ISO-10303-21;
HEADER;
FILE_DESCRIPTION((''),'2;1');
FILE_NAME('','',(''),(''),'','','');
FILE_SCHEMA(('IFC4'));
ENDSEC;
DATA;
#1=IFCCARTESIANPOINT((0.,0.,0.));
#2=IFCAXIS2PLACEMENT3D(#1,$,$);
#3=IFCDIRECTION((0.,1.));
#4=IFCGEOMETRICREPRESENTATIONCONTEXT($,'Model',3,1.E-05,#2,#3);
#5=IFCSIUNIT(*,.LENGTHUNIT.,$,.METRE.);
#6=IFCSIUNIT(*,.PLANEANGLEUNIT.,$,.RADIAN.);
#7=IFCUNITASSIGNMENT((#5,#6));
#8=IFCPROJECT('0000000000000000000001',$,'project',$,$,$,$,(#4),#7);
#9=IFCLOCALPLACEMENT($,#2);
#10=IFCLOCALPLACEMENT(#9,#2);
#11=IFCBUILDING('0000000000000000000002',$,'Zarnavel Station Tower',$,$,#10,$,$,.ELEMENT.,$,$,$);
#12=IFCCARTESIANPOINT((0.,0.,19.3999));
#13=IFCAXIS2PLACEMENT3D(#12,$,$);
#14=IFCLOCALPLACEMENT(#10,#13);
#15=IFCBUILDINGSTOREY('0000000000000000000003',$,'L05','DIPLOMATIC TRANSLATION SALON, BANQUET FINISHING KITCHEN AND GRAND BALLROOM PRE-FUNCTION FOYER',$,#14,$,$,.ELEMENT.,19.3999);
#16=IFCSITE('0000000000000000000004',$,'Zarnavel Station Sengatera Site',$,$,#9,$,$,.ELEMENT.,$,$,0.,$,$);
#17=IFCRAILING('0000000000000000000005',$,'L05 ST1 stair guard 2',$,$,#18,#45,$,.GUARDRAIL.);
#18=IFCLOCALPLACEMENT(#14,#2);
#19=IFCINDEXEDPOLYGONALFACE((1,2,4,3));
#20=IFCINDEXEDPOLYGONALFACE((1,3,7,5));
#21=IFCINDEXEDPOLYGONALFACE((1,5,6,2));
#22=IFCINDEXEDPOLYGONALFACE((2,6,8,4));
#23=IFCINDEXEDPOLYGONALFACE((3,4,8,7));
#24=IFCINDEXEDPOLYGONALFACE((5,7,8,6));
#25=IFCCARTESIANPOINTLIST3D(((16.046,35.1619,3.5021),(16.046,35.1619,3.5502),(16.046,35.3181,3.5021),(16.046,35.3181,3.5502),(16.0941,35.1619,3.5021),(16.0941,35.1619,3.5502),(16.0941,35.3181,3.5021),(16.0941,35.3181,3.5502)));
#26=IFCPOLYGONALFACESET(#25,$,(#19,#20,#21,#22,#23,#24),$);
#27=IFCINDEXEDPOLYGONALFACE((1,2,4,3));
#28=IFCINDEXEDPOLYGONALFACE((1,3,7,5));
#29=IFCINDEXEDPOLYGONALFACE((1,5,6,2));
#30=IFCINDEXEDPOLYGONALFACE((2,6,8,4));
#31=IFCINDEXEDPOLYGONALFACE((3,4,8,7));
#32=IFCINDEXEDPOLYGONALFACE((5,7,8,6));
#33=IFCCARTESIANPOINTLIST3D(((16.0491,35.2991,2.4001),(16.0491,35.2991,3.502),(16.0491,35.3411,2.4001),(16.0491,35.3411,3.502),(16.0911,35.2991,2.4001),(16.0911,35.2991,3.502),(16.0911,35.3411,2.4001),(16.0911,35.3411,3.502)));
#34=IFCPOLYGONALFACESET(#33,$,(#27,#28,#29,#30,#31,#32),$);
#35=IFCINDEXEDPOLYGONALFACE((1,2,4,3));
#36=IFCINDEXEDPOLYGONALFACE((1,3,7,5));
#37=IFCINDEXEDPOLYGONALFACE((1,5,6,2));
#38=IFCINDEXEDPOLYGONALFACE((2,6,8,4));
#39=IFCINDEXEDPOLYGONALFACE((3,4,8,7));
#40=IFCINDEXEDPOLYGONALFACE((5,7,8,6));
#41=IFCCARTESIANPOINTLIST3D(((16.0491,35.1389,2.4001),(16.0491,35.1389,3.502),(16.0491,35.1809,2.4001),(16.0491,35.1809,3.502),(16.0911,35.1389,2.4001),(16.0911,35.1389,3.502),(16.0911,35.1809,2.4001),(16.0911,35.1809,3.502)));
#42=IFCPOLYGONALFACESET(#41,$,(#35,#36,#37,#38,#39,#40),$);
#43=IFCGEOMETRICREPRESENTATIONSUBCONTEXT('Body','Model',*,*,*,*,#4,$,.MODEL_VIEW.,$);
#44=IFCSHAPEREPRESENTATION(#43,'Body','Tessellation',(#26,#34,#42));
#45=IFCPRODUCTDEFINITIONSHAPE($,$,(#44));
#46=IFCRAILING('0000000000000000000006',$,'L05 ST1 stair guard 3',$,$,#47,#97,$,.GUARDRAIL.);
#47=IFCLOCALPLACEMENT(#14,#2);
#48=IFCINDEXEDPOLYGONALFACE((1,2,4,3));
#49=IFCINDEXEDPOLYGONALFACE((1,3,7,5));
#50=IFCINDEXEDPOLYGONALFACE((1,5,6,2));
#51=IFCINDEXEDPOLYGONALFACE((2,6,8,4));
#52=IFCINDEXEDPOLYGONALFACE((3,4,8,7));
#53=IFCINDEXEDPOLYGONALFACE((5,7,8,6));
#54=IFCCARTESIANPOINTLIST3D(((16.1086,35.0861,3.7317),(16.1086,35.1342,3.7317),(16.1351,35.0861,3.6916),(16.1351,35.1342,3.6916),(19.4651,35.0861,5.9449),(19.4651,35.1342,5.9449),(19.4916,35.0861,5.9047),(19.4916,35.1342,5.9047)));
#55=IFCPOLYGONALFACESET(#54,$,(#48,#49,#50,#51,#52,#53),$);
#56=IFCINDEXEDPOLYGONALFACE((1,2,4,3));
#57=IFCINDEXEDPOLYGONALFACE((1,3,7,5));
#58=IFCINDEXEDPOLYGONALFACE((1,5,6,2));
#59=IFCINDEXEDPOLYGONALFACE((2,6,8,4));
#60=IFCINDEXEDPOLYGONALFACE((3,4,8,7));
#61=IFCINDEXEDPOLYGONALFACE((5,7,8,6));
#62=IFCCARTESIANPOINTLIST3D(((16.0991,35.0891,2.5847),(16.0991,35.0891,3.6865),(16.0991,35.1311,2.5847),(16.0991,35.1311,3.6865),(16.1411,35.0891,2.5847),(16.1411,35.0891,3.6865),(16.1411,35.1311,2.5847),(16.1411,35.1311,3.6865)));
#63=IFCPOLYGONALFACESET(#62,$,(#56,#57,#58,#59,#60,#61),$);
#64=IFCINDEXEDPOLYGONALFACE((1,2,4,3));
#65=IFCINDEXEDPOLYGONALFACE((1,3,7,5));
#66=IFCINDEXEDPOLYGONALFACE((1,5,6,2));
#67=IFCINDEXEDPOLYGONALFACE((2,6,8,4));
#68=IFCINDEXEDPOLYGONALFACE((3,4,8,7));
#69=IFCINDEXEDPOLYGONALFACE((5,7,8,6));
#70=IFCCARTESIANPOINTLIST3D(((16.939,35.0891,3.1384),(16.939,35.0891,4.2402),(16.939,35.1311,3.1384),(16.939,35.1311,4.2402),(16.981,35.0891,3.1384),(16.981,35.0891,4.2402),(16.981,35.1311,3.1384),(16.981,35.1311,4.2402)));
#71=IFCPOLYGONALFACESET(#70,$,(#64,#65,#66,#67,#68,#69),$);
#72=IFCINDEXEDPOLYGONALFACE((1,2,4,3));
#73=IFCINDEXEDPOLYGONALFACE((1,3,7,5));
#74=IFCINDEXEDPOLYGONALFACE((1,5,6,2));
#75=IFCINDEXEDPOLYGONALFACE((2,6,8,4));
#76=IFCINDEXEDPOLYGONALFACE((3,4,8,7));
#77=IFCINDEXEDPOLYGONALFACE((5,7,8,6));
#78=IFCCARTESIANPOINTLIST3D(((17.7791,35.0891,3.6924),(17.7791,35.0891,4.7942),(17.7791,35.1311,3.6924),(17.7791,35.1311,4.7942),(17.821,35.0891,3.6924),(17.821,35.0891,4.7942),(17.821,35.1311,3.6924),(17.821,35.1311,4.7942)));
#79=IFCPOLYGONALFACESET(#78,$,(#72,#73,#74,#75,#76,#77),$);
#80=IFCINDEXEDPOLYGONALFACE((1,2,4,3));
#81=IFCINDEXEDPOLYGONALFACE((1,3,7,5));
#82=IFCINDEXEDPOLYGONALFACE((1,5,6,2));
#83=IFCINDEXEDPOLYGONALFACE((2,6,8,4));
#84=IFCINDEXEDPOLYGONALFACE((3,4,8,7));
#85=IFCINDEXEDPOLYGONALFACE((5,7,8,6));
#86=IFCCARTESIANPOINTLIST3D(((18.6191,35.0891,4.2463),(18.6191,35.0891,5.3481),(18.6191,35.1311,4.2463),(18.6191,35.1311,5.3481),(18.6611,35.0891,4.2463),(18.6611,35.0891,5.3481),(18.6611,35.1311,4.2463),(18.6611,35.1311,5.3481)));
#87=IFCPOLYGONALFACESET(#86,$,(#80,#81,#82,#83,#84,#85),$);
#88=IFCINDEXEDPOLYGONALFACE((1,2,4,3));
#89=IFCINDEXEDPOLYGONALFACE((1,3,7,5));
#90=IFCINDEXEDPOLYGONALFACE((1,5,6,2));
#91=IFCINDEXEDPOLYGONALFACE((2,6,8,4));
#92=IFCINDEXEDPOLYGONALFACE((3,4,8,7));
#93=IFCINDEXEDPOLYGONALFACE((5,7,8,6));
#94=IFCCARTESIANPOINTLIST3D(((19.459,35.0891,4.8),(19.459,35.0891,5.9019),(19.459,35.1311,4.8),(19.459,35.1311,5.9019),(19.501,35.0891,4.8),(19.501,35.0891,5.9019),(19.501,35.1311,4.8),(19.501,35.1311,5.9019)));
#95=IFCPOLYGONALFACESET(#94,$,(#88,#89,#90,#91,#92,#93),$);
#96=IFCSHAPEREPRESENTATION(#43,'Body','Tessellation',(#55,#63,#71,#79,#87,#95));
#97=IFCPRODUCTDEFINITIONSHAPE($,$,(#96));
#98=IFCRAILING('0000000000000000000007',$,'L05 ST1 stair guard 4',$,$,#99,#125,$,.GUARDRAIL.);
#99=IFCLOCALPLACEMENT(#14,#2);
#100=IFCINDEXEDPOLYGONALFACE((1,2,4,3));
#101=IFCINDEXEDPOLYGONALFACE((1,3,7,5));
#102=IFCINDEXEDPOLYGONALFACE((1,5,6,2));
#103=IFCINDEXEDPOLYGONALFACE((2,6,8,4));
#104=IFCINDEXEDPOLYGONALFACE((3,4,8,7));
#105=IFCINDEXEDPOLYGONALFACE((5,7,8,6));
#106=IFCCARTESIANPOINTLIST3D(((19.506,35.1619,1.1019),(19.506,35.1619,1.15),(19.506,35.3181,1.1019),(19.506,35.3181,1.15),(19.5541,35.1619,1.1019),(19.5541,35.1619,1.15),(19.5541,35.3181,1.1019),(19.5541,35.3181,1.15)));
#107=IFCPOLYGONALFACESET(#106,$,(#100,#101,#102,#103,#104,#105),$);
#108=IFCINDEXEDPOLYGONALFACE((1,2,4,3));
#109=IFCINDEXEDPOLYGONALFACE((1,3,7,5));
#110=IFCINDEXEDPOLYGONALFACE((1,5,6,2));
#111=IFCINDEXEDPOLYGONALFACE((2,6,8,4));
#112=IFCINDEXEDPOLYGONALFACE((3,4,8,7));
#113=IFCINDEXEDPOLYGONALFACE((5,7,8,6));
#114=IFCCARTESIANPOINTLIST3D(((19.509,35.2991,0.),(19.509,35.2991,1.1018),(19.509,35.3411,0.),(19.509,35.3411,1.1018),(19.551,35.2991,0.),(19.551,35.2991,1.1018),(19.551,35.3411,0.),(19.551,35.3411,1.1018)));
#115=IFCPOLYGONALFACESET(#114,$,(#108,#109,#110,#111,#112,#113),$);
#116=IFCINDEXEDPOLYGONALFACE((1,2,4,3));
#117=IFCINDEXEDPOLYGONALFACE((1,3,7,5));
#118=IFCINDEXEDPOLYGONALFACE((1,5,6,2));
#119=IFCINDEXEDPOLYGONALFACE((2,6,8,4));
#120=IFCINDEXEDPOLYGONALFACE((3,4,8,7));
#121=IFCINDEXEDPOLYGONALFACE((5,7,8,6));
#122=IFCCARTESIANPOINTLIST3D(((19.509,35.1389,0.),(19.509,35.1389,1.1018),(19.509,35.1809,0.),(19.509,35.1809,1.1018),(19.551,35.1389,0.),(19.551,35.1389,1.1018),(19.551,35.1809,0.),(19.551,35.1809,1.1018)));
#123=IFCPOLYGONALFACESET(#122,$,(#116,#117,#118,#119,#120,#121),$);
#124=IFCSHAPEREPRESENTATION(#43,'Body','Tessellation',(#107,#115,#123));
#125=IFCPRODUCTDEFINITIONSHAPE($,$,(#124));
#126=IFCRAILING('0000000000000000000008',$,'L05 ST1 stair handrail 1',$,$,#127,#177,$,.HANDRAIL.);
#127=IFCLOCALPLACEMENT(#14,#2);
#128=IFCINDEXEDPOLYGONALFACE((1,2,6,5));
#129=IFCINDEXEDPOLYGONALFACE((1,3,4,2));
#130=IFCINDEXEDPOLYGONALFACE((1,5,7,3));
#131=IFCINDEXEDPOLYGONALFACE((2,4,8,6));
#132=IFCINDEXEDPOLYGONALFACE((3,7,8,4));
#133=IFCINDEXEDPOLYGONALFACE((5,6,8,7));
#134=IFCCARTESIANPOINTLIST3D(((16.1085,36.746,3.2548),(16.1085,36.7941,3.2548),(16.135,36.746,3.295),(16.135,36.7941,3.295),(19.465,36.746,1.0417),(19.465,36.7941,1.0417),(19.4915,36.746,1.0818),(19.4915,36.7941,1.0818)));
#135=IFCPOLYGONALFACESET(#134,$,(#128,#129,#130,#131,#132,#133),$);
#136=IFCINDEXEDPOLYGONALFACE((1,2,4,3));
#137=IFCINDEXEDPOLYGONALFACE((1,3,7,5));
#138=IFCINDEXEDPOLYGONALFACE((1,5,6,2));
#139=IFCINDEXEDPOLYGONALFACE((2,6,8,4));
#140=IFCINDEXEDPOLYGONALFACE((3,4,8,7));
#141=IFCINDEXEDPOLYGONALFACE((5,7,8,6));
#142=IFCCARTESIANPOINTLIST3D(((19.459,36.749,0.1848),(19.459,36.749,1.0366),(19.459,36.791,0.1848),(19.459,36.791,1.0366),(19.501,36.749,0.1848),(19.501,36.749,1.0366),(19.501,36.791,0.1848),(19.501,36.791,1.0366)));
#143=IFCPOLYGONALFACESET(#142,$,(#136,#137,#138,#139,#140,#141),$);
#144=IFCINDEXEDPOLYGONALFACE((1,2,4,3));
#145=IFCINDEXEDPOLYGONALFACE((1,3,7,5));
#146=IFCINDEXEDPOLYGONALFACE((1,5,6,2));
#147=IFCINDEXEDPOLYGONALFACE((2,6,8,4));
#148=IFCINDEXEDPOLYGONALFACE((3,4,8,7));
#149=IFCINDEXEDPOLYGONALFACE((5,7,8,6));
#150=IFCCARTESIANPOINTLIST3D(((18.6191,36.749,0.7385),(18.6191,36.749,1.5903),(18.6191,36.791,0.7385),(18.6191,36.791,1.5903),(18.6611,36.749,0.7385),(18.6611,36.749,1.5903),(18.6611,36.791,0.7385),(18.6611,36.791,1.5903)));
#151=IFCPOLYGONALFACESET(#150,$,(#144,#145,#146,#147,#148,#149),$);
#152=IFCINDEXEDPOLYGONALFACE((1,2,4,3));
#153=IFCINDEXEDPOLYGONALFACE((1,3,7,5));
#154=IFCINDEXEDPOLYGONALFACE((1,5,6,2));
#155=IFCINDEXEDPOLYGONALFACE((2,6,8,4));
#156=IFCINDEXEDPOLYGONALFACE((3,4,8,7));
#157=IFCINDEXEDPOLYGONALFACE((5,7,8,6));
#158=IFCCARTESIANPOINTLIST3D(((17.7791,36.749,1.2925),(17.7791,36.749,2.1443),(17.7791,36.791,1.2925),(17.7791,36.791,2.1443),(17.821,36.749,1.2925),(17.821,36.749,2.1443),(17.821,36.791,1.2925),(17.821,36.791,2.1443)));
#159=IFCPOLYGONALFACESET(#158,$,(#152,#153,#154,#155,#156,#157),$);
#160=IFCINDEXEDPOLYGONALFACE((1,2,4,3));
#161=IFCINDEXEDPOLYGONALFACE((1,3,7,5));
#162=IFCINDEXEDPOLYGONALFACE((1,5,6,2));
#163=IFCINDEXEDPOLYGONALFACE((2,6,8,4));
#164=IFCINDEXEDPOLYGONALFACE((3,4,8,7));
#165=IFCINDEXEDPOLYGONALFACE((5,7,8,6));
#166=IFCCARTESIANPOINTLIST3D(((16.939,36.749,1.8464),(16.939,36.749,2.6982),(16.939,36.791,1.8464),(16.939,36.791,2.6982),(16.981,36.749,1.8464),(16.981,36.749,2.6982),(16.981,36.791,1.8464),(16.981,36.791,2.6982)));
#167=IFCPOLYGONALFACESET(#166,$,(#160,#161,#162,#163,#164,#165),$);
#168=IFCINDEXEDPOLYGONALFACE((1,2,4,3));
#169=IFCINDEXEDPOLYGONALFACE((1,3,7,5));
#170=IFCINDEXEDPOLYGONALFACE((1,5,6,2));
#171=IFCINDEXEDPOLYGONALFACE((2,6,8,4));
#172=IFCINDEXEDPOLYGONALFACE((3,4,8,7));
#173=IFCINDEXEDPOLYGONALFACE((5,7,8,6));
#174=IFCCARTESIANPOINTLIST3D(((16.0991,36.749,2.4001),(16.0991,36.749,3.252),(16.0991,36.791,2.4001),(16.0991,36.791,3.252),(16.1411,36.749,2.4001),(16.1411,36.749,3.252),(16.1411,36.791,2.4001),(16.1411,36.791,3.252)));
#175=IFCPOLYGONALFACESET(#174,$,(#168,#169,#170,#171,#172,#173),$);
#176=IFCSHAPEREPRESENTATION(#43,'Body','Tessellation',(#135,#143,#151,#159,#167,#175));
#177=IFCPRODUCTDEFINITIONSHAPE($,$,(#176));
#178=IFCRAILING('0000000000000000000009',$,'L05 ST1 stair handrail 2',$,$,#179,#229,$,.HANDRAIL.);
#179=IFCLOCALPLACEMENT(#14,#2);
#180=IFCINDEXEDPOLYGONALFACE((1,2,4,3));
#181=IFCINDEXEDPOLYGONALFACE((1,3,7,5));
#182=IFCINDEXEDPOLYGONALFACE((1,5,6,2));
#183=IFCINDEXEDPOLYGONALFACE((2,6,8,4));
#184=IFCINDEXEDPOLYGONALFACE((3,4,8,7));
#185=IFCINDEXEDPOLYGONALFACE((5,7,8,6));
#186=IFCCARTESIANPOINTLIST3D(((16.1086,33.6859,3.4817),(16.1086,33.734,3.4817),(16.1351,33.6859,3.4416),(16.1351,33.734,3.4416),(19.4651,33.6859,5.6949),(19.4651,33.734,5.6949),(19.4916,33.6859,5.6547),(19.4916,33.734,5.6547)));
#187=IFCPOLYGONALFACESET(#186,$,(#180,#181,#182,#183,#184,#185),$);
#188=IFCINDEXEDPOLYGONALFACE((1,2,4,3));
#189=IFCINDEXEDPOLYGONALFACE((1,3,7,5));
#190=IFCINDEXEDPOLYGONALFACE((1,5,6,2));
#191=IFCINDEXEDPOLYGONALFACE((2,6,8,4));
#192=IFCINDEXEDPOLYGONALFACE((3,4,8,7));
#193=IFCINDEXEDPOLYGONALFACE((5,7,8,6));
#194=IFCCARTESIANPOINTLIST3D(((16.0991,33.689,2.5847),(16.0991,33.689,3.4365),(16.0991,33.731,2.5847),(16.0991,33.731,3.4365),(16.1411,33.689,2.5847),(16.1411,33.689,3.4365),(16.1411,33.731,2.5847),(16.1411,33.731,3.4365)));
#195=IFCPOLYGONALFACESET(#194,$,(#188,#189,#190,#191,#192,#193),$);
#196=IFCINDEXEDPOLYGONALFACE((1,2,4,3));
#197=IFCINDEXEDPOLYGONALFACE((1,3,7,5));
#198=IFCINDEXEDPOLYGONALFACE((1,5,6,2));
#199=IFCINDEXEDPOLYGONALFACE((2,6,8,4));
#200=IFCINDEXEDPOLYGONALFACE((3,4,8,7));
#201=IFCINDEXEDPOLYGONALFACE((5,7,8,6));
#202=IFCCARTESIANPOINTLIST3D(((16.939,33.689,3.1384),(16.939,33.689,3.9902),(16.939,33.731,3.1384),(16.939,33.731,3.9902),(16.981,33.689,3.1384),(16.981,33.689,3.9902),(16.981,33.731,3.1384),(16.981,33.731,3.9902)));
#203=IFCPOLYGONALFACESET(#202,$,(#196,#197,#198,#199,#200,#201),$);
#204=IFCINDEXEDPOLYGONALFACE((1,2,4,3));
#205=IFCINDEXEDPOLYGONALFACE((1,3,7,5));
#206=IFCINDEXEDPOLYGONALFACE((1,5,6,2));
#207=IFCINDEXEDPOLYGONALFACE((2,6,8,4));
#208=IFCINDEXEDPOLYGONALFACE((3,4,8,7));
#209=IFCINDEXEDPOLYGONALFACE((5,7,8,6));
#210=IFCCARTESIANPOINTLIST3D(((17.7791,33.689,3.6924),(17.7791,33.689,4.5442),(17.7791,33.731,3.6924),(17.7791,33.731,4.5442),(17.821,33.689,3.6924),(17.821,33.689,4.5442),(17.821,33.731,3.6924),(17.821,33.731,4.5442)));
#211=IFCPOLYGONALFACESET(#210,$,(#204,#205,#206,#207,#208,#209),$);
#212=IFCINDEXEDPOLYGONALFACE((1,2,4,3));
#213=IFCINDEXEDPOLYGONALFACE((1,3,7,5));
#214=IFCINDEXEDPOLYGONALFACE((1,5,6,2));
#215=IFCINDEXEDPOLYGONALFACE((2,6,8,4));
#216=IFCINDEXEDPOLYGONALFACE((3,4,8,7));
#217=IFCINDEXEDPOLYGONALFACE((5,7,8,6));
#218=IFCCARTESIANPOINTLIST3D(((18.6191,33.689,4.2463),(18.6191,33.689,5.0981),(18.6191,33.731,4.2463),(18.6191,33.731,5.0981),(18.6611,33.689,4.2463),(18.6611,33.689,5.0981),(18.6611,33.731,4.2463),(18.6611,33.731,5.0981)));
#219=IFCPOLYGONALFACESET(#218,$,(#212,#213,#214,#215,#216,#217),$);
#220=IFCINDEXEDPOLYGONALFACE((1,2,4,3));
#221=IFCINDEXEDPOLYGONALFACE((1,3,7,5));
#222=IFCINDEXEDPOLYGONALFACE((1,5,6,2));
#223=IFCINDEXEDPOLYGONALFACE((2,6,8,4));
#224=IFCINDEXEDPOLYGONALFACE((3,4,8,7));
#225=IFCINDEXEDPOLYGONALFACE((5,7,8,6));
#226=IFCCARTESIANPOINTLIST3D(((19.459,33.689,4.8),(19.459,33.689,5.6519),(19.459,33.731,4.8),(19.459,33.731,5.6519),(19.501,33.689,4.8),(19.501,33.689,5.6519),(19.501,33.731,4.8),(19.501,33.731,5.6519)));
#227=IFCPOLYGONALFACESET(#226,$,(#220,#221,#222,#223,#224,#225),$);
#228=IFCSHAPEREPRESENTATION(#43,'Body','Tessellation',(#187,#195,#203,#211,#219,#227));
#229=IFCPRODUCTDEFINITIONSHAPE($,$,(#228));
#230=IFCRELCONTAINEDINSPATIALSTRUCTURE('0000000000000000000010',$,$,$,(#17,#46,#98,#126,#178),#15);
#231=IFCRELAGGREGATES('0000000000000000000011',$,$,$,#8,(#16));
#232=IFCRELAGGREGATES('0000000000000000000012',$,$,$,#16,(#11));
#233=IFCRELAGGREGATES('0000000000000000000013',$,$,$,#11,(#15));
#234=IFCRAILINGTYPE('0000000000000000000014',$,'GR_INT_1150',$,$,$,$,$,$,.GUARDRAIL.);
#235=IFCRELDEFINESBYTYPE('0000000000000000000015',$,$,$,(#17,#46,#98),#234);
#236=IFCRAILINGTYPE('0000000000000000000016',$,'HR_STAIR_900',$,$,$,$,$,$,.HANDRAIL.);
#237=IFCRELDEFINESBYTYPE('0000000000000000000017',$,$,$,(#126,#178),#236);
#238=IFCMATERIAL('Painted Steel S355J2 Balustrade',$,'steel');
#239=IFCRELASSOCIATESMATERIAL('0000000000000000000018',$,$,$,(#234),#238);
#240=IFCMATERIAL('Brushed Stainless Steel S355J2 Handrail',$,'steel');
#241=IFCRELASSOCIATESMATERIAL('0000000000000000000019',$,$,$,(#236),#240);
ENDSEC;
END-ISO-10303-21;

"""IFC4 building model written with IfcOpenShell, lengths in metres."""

from ifc_helpers import new_model, si_unit, direction, frame, origin, origin_2d, place, context, subcontext, project, spatial, rectangle, extrude, material, type_object, element, save


model = new_model("IFC4")

# Units and contexts
model_context = context("Model", 3, precision=1e-05, world=origin(), true_north=direction((0.0, 1.0)))
body_context = subcontext(model_context, "Body", "Model", "MODEL_VIEW")
ifc_project = project(units=[si_unit("LENGTHUNIT", "METRE"), si_unit("PLANEANGLEUNIT", "RADIAN")], contexts=[model_context])

# Site, building, storey
site_placement = place(None, origin())
site = spatial("IfcSite", under=ifc_project, at=site_placement, Name="Zarnavel Station Sengatera Site", CompositionType="ELEMENT", RefElevation=0.0)
building_placement = place(site_placement, origin())
building = spatial("IfcBuilding", under=site, at=building_placement, Name="Zarnavel Station Tower", CompositionType="ELEMENT")
storey_placement = place(building_placement, frame((0.0, 0.0, 19.3999)))
storey = spatial("IfcBuildingStorey", under=building, at=storey_placement, Name="L05", Description="DIPLOMATIC TRANSLATION SALON, BANQUET FINISHING KITCHEN AND GRAND BALLROOM PRE-FUNCTION FOYER", CompositionType="ELEMENT", Elevation=19.3999)

# Railings
ifc_material_1 = material(Name="Painted Steel S355J2 Balustrade", Category="steel")
railing_type_1 = type_object("IfcRailingType", Name="GR_INT_1150", PredefinedType="GUARDRAIL", material=ifc_material_1)
railing_1_placement = place(storey_placement, frame((16.0701, 35.3201, 2.4001)))
element("IfcRailing", 1, at=railing_1_placement, inside=storey, type_object=railing_type_1, Name="L05 ST1 stair guard 2", PredefinedType="GUARDRAIL", context=body_context, shape_type="SweptSolid", body=[
    extrude(rectangle(XDim=0.0481, YDim=0.0481, at=origin_2d()), frame((0.0, -0.002, 1.126), z_axis=(0.0, -1.0, 0.0), x_axis=(1.0, 0.0, 0.0)), (0.0, 0.0, 1.0), 0.1562),
    extrude(rectangle(XDim=0.042, YDim=0.042, at=origin_2d()), origin(), (0.0, 0.0, 1.0), 1.1018),
    extrude(rectangle(XDim=0.042, YDim=0.042, at=origin_2d()), frame((0.0, -0.1602, 0.0)), (0.0, 0.0, 1.0), 1.1018),
])
railing_2_placement = place(storey_placement, frame((16.1201, 35.1101, 2.5847)))
element("IfcRailing", 2, at=railing_2_placement, inside=storey, type_object=railing_type_1, Name="L05 ST1 stair guard 3", PredefinedType="GUARDRAIL", context=body_context, shape_type="SweptSolid", body=[
    extrude(rectangle(XDim=0.0481, YDim=0.0481, at=origin_2d()), frame((0.0017, 0.0, 1.127), z_axis=(0.834858, 0.0, 0.550465), x_axis=(0.0, 1.0, 0.0)), (0.0, 0.0, 1.0), 4.0205),
    extrude(rectangle(XDim=0.042, YDim=0.042, at=origin_2d()), origin(), (0.0, 0.0, 1.0), 1.1018),
    extrude(rectangle(XDim=0.042, YDim=0.042, at=origin_2d()), frame((0.8398, 0.0, 0.5537)), (0.0, 0.0, 1.0), 1.1018),
    extrude(rectangle(XDim=0.042, YDim=0.042, at=origin_2d()), frame((1.6799, 0.0, 1.1077)), (0.0, 0.0, 1.0), 1.1018),
    extrude(rectangle(XDim=0.042, YDim=0.042, at=origin_2d()), frame((2.52, 0.0, 1.6616)), (0.0, 0.0, 1.0), 1.1018),
    extrude(rectangle(XDim=0.042, YDim=0.042, at=origin_2d()), frame((3.3599, 0.0, 2.2153)), (0.0, 0.0, 1.0), 1.1018),
])
railing_3_placement = place(storey_placement, frame((19.53, 35.3201, 0.0)))
element("IfcRailing", 3, at=railing_3_placement, inside=storey, type_object=railing_type_1, Name="L05 ST1 stair guard 4", PredefinedType="GUARDRAIL", context=body_context, shape_type="SweptSolid", body=[
    extrude(rectangle(XDim=0.0481, YDim=0.0481, at=origin_2d()), frame((0.0, -0.002, 1.126), z_axis=(0.0, -1.0, 0.0), x_axis=(1.0, 0.0, 0.0)), (0.0, 0.0, 1.0), 0.1562),
    extrude(rectangle(XDim=0.042, YDim=0.042, at=origin_2d()), origin(), (0.0, 0.0, 1.0), 1.1018),
    extrude(rectangle(XDim=0.042, YDim=0.042, at=origin_2d()), frame((0.0, -0.1602, 0.0)), (0.0, 0.0, 1.0), 1.1018),
])
ifc_material_2 = material(Name="Brushed Stainless Steel S355J2 Handrail", Category="steel")
railing_type_2 = type_object("IfcRailingType", Name="HR_STAIR_900", PredefinedType="HANDRAIL", material=ifc_material_2)
railing_4_placement = place(storey_placement, frame((19.48, 36.77, 0.1848)))
element("IfcRailing", 4, at=railing_4_placement, inside=storey, type_object=railing_type_2, Name="L05 ST1 stair handrail 1", PredefinedType="HANDRAIL", context=body_context, shape_type="SweptSolid", body=[
    extrude(rectangle(XDim=0.0481, YDim=0.0481, at=origin_2d()), frame((-0.0017, 0.0, 0.877), z_axis=(-0.834858, 0.0, 0.550465), x_axis=(0.0, -1.0, 0.0)), (0.0, 0.0, 1.0), 4.0205),
    extrude(rectangle(XDim=0.042, YDim=0.042, at=origin_2d()), origin(), (0.0, 0.0, 1.0), 0.8518),
    extrude(rectangle(XDim=0.042, YDim=0.042, at=origin_2d()), frame((-0.8398, 0.0, 0.5537)), (0.0, 0.0, 1.0), 0.8518),
    extrude(rectangle(XDim=0.042, YDim=0.042, at=origin_2d()), frame((-1.6799, 0.0, 1.1077)), (0.0, 0.0, 1.0), 0.8518),
    extrude(rectangle(XDim=0.042, YDim=0.042, at=origin_2d()), frame((-2.52, 0.0, 1.6616)), (0.0, 0.0, 1.0), 0.8518),
    extrude(rectangle(XDim=0.042, YDim=0.042, at=origin_2d()), frame((-3.3599, 0.0, 2.2153)), (0.0, 0.0, 1.0), 0.8518),
])
railing_5_placement = place(storey_placement, frame((16.1201, 33.71, 2.5847)))
element("IfcRailing", 5, at=railing_5_placement, inside=storey, type_object=railing_type_2, Name="L05 ST1 stair handrail 2", PredefinedType="HANDRAIL", context=body_context, shape_type="SweptSolid", body=[
    extrude(rectangle(XDim=0.0481, YDim=0.0481, at=origin_2d()), frame((0.0017, 0.0, 0.877), z_axis=(0.834858, 0.0, 0.550465), x_axis=(0.0, 1.0, 0.0)), (0.0, 0.0, 1.0), 4.0205),
    extrude(rectangle(XDim=0.042, YDim=0.042, at=origin_2d()), origin(), (0.0, 0.0, 1.0), 0.8518),
    extrude(rectangle(XDim=0.042, YDim=0.042, at=origin_2d()), frame((0.8398, 0.0, 0.5537)), (0.0, 0.0, 1.0), 0.8518),
    extrude(rectangle(XDim=0.042, YDim=0.042, at=origin_2d()), frame((1.6799, 0.0, 1.1077)), (0.0, 0.0, 1.0), 0.8518),
    extrude(rectangle(XDim=0.042, YDim=0.042, at=origin_2d()), frame((2.52, 0.0, 1.6616)), (0.0, 0.0, 1.0), 0.8518),
    extrude(rectangle(XDim=0.042, YDim=0.042, at=origin_2d()), frame((3.3599, 0.0, 2.2153)), (0.0, 0.0, 1.0), 0.8518),
])

save(model, "model.ifc")
